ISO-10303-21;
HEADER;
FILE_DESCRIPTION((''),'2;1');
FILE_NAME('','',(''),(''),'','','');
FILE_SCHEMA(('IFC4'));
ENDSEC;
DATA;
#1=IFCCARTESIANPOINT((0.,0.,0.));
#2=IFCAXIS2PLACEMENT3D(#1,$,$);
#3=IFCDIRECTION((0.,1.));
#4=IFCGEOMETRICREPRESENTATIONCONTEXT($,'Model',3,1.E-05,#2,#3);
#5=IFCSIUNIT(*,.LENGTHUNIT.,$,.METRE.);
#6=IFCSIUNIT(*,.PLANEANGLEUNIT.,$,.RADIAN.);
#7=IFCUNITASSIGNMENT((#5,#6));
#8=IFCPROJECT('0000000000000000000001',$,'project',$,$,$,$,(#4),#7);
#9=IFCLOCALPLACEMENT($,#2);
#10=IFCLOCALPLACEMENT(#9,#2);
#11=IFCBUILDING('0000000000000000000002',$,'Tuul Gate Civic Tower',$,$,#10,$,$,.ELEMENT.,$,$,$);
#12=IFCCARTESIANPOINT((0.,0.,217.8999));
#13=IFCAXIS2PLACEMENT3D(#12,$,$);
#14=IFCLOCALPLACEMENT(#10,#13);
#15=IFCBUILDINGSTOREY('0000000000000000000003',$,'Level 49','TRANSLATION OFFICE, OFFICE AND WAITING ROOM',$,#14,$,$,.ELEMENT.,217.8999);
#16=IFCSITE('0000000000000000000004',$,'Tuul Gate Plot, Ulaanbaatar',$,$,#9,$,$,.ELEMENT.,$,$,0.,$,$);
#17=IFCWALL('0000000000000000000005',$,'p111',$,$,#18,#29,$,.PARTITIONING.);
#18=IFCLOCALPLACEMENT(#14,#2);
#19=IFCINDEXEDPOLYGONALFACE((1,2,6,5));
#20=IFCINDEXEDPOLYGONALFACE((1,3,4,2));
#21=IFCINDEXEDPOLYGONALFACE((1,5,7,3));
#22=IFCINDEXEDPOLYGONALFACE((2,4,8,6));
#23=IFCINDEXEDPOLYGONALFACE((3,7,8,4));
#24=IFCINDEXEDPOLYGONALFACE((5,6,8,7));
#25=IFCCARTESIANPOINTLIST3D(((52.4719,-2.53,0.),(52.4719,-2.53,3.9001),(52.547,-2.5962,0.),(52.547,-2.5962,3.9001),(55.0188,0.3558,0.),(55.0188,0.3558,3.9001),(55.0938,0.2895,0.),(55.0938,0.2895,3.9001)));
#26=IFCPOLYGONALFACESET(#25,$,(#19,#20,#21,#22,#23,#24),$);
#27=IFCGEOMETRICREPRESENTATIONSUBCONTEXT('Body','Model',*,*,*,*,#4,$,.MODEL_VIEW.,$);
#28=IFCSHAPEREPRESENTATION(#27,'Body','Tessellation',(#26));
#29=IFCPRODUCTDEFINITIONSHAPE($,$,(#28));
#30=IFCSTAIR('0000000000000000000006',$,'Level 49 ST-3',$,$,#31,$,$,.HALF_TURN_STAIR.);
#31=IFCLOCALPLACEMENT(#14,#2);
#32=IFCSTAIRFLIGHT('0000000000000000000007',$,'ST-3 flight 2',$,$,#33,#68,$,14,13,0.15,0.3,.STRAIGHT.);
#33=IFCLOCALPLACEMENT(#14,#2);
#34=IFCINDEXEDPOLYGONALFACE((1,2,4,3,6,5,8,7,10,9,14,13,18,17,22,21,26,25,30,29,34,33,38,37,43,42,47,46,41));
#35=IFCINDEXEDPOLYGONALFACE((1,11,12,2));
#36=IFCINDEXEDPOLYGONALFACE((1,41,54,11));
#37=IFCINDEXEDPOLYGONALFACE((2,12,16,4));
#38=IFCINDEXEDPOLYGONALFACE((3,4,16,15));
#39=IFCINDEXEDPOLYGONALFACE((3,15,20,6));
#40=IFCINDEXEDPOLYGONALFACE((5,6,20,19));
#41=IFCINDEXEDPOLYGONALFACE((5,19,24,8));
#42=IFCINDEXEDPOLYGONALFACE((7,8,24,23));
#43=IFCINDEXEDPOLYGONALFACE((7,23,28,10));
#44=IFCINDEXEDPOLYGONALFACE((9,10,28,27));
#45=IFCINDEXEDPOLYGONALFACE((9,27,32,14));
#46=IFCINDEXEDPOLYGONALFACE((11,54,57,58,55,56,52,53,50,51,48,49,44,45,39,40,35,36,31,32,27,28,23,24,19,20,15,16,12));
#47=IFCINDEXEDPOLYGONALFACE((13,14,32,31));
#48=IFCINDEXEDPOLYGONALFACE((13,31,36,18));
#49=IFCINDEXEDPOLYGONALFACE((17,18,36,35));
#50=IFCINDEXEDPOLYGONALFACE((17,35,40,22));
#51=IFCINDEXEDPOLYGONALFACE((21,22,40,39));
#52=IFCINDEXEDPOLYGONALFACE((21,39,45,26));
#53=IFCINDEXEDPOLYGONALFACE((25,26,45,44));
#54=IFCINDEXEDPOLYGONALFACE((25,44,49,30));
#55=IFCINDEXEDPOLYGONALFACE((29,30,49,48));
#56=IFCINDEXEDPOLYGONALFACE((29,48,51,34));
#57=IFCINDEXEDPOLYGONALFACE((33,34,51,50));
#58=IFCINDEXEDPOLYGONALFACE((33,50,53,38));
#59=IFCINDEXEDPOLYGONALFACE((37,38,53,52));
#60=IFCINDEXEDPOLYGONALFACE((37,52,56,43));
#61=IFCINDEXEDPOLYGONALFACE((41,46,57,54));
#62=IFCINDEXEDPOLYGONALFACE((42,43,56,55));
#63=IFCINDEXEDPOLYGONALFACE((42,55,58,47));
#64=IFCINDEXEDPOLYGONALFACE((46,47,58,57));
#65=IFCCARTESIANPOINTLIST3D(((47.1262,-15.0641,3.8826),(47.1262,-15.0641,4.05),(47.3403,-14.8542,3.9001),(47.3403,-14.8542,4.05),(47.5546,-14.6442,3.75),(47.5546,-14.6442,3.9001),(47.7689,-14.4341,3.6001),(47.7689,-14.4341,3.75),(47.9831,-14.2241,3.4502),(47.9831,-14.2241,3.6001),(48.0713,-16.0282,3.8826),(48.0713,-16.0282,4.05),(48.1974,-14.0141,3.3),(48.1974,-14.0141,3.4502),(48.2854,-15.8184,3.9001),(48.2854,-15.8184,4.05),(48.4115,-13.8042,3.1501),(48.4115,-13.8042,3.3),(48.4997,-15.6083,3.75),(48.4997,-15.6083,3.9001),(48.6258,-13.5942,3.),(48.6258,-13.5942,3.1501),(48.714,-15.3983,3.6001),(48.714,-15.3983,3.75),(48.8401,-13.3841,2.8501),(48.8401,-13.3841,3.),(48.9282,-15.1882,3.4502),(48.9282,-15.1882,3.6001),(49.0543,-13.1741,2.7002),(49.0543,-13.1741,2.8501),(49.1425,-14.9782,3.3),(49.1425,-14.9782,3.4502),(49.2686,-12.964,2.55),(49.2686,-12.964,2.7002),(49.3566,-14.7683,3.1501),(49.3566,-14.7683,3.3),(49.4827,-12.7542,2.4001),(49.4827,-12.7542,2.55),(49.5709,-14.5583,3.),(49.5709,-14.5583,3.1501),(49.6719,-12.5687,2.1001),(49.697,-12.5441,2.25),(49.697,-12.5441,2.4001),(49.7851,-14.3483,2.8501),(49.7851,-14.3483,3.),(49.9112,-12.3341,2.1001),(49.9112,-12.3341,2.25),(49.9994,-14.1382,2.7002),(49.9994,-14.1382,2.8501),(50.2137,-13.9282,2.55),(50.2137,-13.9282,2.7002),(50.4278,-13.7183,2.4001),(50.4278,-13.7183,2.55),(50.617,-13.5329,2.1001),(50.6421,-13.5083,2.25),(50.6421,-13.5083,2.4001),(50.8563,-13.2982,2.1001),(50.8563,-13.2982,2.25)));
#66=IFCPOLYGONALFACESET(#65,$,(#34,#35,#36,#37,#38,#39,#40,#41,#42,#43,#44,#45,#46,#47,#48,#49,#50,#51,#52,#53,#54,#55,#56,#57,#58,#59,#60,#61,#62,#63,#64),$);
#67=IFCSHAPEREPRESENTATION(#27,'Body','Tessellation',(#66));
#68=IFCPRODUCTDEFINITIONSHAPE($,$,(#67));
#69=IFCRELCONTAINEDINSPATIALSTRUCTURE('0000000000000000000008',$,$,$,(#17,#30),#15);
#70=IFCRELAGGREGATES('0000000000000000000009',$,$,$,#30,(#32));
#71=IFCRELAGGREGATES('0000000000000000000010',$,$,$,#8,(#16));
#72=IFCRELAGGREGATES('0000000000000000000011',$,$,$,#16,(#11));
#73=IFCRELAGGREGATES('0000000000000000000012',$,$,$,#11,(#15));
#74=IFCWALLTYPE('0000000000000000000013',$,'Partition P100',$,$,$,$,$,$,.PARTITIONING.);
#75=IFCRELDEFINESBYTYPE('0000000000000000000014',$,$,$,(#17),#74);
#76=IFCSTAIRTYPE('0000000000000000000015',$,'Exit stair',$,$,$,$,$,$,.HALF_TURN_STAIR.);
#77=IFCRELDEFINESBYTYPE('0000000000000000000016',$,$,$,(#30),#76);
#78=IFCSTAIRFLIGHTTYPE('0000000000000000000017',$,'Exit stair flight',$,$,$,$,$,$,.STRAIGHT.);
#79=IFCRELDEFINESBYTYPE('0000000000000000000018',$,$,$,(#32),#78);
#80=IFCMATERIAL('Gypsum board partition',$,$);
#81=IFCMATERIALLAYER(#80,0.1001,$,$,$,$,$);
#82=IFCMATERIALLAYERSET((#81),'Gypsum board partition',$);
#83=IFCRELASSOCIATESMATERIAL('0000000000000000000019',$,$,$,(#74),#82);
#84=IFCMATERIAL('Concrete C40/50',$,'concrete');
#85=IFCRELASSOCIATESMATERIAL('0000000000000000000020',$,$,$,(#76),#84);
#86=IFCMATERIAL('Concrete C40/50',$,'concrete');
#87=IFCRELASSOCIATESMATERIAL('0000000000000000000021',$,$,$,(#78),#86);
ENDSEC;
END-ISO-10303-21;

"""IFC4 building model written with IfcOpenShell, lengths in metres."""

from ifc_helpers import new_model, si_unit, direction, frame, frame_2d, origin, place, context, subcontext, project, spatial, polyline, rectangle, outline, extrude, material, layer, layer_set, type_object, element, aggregate, save


model = new_model("IFC4")

# Units and contexts
model_context = context("Model", 3, precision=1e-05, world=origin(), true_north=direction((0.0, 1.0)))
body_context = subcontext(model_context, "Body", "Model", "MODEL_VIEW")
ifc_project = project(units=[si_unit("LENGTHUNIT", "METRE"), si_unit("PLANEANGLEUNIT", "RADIAN")], contexts=[model_context])

# Site, building, storey
site_placement = place(None, origin())
site = spatial("IfcSite", under=ifc_project, at=site_placement, Name="Tuul Gate Plot, Ulaanbaatar", CompositionType="ELEMENT", RefElevation=0.0)
building_placement = place(site_placement, origin())
building = spatial("IfcBuilding", under=site, at=building_placement, Name="Tuul Gate Civic Tower", CompositionType="ELEMENT")
storey_placement = place(building_placement, frame((0.0, 0.0, 217.8999)))
storey = spatial("IfcBuildingStorey", under=building, at=storey_placement, Name="Level 49", Description="TRANSLATION OFFICE, OFFICE AND WAITING ROOM", CompositionType="ELEMENT", Elevation=217.8999)

# Wall
ifc_material_1 = material(Name="Gypsum board partition")
ifc_layer_1 = layer(ifc_material_1, 0.1001)
ifc_layer_set_1 = layer_set([ifc_layer_1], Name="Gypsum board partition")
wall_type_1 = type_object("IfcWallType", Name="Partition P100", PredefinedType="PARTITIONING", material=ifc_layer_set_1)
wall_1_placement = place(storey_placement, frame((52.5095, -2.563, 0.0), z_axis=(0.0, 0.0, 1.0), x_axis=(0.661714, 0.749756, 0.0)))
element("IfcWall", 1, at=wall_1_placement, inside=storey, type_object=wall_type_1, Name="p111", PredefinedType="PARTITIONING", context=body_context, shape_type="SweptSolid", body=[
    extrude(rectangle(XDim=3.8489, YDim=0.1001, at=frame_2d((1.9243, 0.0))), origin(), (0.0, 0.0, 1.0), 3.9001),
])

# Stair, stair flight
ifc_material_2 = material(Name="Concrete C40/50", Category="concrete")
stair_type = type_object("IfcStairType", Name="Exit stair", PredefinedType="HALF_TURN_STAIR", material=ifc_material_2)
stair_placement = place(storey_placement, origin())
stair = element("IfcStair", 2, at=stair_placement, inside=storey, type_object=stair_type, Name="Level 49 ST-3", PredefinedType="HALF_TURN_STAIR")
ifc_material_3 = material(Name="Concrete C40/50", Category="concrete")
stair_flight_type = type_object("IfcStairFlightType", Name="Exit stair flight", PredefinedType="STRAIGHT", material=ifc_material_3)
stair_flight_placement = place(storey_placement, frame((50.3838, -12.8162, 2.1001), z_axis=(0.0, 0.0, 1.0), x_axis=(-0.714127, -0.700016, 0.0)))
stair_flight = element("IfcStairFlight", 3, at=stair_flight_placement, type_object=stair_flight_type, Name="ST-3 flight 2", NumberOfRisers=14, NumberOfTreads=13, PredefinedType="STRAIGHT", RiserHeight=0.15, TreadLength=0.3, context=body_context, shape_type="SweptSolid", body=[
    extrude(outline(polyline([(0.0, 0.0), (0.0, 0.1499), (0.3, 0.1499), (0.3, 0.3), (0.6001, 0.3), (0.6001, 0.45), (0.8999, 0.45), (0.8999, 0.6001), (1.2, 0.6001), (1.2, 0.75), (1.5, 0.75), (1.5, 0.8999), (1.8, 0.8999), (1.8, 1.05), (2.1001, 1.05), (2.1001, 1.2), (2.3999, 1.2), (2.3999, 1.3501), (2.7, 1.3501), (2.7, 1.5), (3.0, 1.5), (3.0, 1.6499), (3.3, 1.6499), (3.3, 1.8), (3.6001, 1.8), (3.6001, 1.95), (3.8999, 1.95), (3.8999, 2.1001), (3.8999, 1.7825), (0.3352, 0.0), (0.0, 0.0)])), frame((0.0, 0.675, 0.0), z_axis=(0.0, -1.0, 0.0), x_axis=(1.0, 0.0, 0.0)), (0.0, 0.0, 1.0), 1.3501),
])
aggregate(stair, [stair_flight])

save(model, "model.ifc")
